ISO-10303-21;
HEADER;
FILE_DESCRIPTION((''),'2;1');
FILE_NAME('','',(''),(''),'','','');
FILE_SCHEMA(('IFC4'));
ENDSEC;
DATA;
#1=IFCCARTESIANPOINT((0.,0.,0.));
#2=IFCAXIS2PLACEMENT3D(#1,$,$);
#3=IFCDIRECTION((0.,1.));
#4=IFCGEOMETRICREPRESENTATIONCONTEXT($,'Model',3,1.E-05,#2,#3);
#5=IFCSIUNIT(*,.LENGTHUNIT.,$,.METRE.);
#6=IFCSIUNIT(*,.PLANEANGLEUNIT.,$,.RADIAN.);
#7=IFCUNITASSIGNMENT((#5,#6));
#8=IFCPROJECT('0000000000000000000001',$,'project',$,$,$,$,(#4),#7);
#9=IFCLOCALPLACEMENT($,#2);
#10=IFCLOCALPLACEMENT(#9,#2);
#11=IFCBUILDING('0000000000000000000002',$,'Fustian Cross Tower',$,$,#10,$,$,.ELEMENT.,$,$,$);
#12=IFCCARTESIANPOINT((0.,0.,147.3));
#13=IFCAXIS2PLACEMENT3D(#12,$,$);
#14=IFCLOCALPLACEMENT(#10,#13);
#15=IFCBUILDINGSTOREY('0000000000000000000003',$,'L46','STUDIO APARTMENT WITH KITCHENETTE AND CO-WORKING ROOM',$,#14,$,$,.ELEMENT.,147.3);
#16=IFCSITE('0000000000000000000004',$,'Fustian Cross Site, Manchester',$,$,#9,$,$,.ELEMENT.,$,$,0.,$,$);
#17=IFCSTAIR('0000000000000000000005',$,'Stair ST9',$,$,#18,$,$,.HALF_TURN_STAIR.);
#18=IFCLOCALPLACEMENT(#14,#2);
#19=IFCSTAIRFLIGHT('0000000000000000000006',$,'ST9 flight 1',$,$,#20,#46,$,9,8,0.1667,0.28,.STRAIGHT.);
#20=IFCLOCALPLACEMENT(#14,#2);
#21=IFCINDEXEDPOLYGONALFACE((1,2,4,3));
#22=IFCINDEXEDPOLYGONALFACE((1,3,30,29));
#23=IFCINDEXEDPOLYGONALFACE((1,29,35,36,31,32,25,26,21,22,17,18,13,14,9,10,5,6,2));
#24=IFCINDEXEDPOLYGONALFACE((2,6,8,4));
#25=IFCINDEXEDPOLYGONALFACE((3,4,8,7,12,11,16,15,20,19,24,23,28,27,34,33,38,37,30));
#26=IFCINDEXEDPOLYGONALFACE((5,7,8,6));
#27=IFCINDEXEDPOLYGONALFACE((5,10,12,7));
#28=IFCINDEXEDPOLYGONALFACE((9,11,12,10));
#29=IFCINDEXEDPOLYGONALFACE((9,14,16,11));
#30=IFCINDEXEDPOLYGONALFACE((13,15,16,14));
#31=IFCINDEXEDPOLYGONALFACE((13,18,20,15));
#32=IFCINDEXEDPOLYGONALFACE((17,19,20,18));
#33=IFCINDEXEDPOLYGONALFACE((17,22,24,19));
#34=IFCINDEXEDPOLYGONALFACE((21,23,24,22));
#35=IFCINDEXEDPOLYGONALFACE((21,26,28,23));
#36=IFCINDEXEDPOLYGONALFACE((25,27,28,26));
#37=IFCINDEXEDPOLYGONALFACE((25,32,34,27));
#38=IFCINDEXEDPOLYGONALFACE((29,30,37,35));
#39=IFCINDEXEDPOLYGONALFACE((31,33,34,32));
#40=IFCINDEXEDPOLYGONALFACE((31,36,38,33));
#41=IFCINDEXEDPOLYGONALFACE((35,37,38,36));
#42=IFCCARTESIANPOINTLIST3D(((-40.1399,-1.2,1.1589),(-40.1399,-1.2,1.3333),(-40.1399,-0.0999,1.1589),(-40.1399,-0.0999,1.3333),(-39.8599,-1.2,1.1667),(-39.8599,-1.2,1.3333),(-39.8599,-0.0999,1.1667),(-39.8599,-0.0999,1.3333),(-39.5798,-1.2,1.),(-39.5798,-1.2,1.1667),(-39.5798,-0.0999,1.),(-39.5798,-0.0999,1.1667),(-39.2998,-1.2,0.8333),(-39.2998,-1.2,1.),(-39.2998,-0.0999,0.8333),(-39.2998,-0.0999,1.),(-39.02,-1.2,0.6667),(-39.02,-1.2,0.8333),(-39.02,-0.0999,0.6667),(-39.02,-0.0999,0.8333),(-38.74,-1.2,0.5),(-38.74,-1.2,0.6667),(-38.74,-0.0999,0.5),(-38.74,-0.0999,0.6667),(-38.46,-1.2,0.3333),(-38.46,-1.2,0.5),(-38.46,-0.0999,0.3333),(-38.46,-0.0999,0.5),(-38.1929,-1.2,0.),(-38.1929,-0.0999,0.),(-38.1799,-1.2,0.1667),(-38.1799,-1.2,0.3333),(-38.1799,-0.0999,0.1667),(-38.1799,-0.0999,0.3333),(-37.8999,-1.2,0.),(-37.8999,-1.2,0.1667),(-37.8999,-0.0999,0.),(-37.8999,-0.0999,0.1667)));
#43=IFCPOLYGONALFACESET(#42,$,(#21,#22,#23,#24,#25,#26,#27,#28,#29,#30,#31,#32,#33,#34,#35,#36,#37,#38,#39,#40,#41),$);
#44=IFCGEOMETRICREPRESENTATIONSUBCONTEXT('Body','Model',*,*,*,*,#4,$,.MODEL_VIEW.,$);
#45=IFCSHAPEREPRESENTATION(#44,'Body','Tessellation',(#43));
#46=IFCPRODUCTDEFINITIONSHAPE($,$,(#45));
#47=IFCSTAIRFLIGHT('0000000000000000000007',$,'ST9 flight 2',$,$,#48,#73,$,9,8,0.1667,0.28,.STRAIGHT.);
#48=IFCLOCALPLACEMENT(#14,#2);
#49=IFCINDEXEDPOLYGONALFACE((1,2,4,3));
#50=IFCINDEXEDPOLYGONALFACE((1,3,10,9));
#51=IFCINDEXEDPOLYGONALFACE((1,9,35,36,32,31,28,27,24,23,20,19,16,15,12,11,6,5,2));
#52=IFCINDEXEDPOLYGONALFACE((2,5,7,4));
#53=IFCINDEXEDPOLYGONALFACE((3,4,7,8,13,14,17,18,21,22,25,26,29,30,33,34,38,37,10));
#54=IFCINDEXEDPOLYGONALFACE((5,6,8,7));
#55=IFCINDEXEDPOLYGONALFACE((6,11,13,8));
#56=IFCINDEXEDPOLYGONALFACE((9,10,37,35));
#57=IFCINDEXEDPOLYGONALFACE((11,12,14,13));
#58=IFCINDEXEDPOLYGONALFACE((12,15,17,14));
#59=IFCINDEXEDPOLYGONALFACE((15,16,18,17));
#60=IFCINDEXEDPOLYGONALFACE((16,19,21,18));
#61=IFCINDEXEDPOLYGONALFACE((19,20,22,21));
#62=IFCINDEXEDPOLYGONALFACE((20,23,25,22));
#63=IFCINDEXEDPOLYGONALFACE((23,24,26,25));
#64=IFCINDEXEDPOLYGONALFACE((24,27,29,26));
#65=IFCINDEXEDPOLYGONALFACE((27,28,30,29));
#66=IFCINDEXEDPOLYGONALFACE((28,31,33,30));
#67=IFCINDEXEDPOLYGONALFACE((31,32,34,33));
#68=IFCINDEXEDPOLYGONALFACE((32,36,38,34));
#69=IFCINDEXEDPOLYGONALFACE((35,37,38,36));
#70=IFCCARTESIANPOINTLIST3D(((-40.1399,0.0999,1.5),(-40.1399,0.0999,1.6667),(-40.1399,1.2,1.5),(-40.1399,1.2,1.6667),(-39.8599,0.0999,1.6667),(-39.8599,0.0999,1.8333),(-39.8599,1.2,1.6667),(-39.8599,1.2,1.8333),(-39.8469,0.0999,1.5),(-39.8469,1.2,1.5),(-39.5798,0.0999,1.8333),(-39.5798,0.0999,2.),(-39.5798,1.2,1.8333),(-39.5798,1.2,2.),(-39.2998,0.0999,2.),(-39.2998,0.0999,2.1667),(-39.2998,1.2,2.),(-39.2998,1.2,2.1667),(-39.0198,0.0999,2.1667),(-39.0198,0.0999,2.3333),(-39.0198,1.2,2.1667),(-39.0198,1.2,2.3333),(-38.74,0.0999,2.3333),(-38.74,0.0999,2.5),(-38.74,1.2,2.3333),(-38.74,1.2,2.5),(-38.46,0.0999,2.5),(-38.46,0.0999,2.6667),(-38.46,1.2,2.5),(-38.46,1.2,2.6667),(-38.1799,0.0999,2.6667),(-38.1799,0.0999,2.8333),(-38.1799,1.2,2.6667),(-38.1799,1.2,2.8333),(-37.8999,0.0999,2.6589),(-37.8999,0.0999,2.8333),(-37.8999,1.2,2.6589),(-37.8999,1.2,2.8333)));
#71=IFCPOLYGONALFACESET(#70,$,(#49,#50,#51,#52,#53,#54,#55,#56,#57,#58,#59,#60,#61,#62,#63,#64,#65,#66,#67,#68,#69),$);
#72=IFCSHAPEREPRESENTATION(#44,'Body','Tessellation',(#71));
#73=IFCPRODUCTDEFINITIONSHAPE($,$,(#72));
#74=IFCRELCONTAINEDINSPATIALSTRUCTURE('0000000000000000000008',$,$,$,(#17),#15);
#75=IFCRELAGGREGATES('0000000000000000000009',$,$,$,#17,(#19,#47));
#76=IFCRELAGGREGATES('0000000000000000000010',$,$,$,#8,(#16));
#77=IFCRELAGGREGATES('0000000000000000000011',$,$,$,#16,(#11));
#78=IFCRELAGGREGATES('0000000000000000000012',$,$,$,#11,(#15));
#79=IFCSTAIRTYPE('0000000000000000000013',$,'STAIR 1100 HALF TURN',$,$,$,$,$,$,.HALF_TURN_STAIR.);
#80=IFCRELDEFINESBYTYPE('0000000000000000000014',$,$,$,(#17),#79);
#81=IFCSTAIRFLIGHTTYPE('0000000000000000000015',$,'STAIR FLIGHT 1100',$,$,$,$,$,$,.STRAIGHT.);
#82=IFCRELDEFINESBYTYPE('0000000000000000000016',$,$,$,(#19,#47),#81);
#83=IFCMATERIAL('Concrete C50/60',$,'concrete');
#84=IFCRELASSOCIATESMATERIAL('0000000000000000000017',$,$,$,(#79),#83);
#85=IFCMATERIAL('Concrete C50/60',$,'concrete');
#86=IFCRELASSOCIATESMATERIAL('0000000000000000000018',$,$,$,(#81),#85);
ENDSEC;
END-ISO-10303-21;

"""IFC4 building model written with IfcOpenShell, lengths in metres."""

from ifc_helpers import new_model, si_unit, direction, frame, origin, place, context, subcontext, project, spatial, polyline, outline, extrude, material, type_object, element, aggregate, save


model = new_model("IFC4")

# Units and contexts
model_context = context("Model", 3, precision=1e-05, world=origin(), true_north=direction((0.0, 1.0)))
body_context = subcontext(model_context, "Body", "Model", "MODEL_VIEW")
ifc_project = project(units=[si_unit("LENGTHUNIT", "METRE"), si_unit("PLANEANGLEUNIT", "RADIAN")], contexts=[model_context])

# Site, building, storey
site_placement = place(None, origin())
site = spatial("IfcSite", under=ifc_project, at=site_placement, Name="Fustian Cross Site, Manchester", CompositionType="ELEMENT", RefElevation=0.0)
building_placement = place(site_placement, origin())
building = spatial("IfcBuilding", under=site, at=building_placement, Name="Fustian Cross Tower", CompositionType="ELEMENT")
storey_placement = place(building_placement, frame((0.0, 0.0, 147.3)))
storey = spatial("IfcBuildingStorey", under=building, at=storey_placement, Name="L46", Description="STUDIO APARTMENT WITH KITCHENETTE AND CO-WORKING ROOM", CompositionType="ELEMENT", Elevation=147.3)

# Stair, stair flights
ifc_material_1 = material(Name="Concrete C50/60", Category="concrete")
stair_type = type_object("IfcStairType", Name="STAIR 1100 HALF TURN", PredefinedType="HALF_TURN_STAIR", material=ifc_material_1)
stair_placement = place(storey_placement, origin())
stair = element("IfcStair", 1, at=stair_placement, inside=storey, type_object=stair_type, Name="Stair ST9", PredefinedType="HALF_TURN_STAIR")
ifc_material_2 = material(Name="Concrete C50/60", Category="concrete")
stair_flight_type = type_object("IfcStairFlightType", Name="STAIR FLIGHT 1100", PredefinedType="STRAIGHT", material=ifc_material_2)
stair_flight_1_placement = place(storey_placement, frame((-37.8999, -0.6499, 0.0), z_axis=(0.0, 0.0, 1.0), x_axis=(-1.0, 0.0, 0.0)))
stair_flight_1 = element("IfcStairFlight", 2, at=stair_flight_1_placement, type_object=stair_flight_type, Name="ST9 flight 1", NumberOfRisers=9, NumberOfTreads=8, PredefinedType="STRAIGHT", RiserHeight=0.1667, TreadLength=0.28, context=body_context, shape_type="SweptSolid", body=[
    extrude(outline(polyline([(0.0, 0.0), (0.0, 0.1667), (0.28, 0.1667), (0.28, 0.3333), (0.5601, 0.3333), (0.5601, 0.5), (0.8401, 0.5), (0.8401, 0.6667), (1.1201, 0.6667), (1.1201, 0.8333), (1.3999, 0.8333), (1.3999, 1.0), (1.6799, 1.0), (1.6799, 1.1667), (1.96, 1.1667), (1.96, 1.3333), (2.24, 1.3333), (2.24, 1.5), (2.24, 1.1589), (0.293, 0.0), (0.0, 0.0)])), frame((0.0, 0.55, 0.0), z_axis=(0.0, -1.0, 0.0), x_axis=(1.0, 0.0, 0.0)), (0.0, 0.0, 1.0), 1.1001),
])
stair_flight_2_placement = place(storey_placement, frame((-40.1399, 0.6499, 1.5), z_axis=(0.0, 0.0, 1.0), x_axis=(1.0, 0.0, 0.0)))
stair_flight_2 = element("IfcStairFlight", 3, at=stair_flight_2_placement, type_object=stair_flight_type, Name="ST9 flight 2", NumberOfRisers=9, NumberOfTreads=8, PredefinedType="STRAIGHT", RiserHeight=0.1667, TreadLength=0.28, context=body_context, shape_type="SweptSolid", body=[
    extrude(outline(polyline([(0.0, 0.0), (0.0, 0.1667), (0.28, 0.1667), (0.28, 0.3333), (0.5601, 0.3333), (0.5601, 0.5), (0.8401, 0.5), (0.8401, 0.6667), (1.1201, 0.6667), (1.1201, 0.8333), (1.3999, 0.8333), (1.3999, 1.0), (1.6799, 1.0), (1.6799, 1.1667), (1.96, 1.1667), (1.96, 1.3333), (2.24, 1.3333), (2.24, 1.5), (2.24, 1.1589), (0.293, 0.0), (0.0, 0.0)])), frame((0.0, 0.55, 0.0), z_axis=(0.0, -1.0, 0.0), x_axis=(1.0, 0.0, 0.0)), (0.0, 0.0, 1.0), 1.1001),
])
aggregate(stair, [stair_flight_1, stair_flight_2])

save(model, "model.ifc")
